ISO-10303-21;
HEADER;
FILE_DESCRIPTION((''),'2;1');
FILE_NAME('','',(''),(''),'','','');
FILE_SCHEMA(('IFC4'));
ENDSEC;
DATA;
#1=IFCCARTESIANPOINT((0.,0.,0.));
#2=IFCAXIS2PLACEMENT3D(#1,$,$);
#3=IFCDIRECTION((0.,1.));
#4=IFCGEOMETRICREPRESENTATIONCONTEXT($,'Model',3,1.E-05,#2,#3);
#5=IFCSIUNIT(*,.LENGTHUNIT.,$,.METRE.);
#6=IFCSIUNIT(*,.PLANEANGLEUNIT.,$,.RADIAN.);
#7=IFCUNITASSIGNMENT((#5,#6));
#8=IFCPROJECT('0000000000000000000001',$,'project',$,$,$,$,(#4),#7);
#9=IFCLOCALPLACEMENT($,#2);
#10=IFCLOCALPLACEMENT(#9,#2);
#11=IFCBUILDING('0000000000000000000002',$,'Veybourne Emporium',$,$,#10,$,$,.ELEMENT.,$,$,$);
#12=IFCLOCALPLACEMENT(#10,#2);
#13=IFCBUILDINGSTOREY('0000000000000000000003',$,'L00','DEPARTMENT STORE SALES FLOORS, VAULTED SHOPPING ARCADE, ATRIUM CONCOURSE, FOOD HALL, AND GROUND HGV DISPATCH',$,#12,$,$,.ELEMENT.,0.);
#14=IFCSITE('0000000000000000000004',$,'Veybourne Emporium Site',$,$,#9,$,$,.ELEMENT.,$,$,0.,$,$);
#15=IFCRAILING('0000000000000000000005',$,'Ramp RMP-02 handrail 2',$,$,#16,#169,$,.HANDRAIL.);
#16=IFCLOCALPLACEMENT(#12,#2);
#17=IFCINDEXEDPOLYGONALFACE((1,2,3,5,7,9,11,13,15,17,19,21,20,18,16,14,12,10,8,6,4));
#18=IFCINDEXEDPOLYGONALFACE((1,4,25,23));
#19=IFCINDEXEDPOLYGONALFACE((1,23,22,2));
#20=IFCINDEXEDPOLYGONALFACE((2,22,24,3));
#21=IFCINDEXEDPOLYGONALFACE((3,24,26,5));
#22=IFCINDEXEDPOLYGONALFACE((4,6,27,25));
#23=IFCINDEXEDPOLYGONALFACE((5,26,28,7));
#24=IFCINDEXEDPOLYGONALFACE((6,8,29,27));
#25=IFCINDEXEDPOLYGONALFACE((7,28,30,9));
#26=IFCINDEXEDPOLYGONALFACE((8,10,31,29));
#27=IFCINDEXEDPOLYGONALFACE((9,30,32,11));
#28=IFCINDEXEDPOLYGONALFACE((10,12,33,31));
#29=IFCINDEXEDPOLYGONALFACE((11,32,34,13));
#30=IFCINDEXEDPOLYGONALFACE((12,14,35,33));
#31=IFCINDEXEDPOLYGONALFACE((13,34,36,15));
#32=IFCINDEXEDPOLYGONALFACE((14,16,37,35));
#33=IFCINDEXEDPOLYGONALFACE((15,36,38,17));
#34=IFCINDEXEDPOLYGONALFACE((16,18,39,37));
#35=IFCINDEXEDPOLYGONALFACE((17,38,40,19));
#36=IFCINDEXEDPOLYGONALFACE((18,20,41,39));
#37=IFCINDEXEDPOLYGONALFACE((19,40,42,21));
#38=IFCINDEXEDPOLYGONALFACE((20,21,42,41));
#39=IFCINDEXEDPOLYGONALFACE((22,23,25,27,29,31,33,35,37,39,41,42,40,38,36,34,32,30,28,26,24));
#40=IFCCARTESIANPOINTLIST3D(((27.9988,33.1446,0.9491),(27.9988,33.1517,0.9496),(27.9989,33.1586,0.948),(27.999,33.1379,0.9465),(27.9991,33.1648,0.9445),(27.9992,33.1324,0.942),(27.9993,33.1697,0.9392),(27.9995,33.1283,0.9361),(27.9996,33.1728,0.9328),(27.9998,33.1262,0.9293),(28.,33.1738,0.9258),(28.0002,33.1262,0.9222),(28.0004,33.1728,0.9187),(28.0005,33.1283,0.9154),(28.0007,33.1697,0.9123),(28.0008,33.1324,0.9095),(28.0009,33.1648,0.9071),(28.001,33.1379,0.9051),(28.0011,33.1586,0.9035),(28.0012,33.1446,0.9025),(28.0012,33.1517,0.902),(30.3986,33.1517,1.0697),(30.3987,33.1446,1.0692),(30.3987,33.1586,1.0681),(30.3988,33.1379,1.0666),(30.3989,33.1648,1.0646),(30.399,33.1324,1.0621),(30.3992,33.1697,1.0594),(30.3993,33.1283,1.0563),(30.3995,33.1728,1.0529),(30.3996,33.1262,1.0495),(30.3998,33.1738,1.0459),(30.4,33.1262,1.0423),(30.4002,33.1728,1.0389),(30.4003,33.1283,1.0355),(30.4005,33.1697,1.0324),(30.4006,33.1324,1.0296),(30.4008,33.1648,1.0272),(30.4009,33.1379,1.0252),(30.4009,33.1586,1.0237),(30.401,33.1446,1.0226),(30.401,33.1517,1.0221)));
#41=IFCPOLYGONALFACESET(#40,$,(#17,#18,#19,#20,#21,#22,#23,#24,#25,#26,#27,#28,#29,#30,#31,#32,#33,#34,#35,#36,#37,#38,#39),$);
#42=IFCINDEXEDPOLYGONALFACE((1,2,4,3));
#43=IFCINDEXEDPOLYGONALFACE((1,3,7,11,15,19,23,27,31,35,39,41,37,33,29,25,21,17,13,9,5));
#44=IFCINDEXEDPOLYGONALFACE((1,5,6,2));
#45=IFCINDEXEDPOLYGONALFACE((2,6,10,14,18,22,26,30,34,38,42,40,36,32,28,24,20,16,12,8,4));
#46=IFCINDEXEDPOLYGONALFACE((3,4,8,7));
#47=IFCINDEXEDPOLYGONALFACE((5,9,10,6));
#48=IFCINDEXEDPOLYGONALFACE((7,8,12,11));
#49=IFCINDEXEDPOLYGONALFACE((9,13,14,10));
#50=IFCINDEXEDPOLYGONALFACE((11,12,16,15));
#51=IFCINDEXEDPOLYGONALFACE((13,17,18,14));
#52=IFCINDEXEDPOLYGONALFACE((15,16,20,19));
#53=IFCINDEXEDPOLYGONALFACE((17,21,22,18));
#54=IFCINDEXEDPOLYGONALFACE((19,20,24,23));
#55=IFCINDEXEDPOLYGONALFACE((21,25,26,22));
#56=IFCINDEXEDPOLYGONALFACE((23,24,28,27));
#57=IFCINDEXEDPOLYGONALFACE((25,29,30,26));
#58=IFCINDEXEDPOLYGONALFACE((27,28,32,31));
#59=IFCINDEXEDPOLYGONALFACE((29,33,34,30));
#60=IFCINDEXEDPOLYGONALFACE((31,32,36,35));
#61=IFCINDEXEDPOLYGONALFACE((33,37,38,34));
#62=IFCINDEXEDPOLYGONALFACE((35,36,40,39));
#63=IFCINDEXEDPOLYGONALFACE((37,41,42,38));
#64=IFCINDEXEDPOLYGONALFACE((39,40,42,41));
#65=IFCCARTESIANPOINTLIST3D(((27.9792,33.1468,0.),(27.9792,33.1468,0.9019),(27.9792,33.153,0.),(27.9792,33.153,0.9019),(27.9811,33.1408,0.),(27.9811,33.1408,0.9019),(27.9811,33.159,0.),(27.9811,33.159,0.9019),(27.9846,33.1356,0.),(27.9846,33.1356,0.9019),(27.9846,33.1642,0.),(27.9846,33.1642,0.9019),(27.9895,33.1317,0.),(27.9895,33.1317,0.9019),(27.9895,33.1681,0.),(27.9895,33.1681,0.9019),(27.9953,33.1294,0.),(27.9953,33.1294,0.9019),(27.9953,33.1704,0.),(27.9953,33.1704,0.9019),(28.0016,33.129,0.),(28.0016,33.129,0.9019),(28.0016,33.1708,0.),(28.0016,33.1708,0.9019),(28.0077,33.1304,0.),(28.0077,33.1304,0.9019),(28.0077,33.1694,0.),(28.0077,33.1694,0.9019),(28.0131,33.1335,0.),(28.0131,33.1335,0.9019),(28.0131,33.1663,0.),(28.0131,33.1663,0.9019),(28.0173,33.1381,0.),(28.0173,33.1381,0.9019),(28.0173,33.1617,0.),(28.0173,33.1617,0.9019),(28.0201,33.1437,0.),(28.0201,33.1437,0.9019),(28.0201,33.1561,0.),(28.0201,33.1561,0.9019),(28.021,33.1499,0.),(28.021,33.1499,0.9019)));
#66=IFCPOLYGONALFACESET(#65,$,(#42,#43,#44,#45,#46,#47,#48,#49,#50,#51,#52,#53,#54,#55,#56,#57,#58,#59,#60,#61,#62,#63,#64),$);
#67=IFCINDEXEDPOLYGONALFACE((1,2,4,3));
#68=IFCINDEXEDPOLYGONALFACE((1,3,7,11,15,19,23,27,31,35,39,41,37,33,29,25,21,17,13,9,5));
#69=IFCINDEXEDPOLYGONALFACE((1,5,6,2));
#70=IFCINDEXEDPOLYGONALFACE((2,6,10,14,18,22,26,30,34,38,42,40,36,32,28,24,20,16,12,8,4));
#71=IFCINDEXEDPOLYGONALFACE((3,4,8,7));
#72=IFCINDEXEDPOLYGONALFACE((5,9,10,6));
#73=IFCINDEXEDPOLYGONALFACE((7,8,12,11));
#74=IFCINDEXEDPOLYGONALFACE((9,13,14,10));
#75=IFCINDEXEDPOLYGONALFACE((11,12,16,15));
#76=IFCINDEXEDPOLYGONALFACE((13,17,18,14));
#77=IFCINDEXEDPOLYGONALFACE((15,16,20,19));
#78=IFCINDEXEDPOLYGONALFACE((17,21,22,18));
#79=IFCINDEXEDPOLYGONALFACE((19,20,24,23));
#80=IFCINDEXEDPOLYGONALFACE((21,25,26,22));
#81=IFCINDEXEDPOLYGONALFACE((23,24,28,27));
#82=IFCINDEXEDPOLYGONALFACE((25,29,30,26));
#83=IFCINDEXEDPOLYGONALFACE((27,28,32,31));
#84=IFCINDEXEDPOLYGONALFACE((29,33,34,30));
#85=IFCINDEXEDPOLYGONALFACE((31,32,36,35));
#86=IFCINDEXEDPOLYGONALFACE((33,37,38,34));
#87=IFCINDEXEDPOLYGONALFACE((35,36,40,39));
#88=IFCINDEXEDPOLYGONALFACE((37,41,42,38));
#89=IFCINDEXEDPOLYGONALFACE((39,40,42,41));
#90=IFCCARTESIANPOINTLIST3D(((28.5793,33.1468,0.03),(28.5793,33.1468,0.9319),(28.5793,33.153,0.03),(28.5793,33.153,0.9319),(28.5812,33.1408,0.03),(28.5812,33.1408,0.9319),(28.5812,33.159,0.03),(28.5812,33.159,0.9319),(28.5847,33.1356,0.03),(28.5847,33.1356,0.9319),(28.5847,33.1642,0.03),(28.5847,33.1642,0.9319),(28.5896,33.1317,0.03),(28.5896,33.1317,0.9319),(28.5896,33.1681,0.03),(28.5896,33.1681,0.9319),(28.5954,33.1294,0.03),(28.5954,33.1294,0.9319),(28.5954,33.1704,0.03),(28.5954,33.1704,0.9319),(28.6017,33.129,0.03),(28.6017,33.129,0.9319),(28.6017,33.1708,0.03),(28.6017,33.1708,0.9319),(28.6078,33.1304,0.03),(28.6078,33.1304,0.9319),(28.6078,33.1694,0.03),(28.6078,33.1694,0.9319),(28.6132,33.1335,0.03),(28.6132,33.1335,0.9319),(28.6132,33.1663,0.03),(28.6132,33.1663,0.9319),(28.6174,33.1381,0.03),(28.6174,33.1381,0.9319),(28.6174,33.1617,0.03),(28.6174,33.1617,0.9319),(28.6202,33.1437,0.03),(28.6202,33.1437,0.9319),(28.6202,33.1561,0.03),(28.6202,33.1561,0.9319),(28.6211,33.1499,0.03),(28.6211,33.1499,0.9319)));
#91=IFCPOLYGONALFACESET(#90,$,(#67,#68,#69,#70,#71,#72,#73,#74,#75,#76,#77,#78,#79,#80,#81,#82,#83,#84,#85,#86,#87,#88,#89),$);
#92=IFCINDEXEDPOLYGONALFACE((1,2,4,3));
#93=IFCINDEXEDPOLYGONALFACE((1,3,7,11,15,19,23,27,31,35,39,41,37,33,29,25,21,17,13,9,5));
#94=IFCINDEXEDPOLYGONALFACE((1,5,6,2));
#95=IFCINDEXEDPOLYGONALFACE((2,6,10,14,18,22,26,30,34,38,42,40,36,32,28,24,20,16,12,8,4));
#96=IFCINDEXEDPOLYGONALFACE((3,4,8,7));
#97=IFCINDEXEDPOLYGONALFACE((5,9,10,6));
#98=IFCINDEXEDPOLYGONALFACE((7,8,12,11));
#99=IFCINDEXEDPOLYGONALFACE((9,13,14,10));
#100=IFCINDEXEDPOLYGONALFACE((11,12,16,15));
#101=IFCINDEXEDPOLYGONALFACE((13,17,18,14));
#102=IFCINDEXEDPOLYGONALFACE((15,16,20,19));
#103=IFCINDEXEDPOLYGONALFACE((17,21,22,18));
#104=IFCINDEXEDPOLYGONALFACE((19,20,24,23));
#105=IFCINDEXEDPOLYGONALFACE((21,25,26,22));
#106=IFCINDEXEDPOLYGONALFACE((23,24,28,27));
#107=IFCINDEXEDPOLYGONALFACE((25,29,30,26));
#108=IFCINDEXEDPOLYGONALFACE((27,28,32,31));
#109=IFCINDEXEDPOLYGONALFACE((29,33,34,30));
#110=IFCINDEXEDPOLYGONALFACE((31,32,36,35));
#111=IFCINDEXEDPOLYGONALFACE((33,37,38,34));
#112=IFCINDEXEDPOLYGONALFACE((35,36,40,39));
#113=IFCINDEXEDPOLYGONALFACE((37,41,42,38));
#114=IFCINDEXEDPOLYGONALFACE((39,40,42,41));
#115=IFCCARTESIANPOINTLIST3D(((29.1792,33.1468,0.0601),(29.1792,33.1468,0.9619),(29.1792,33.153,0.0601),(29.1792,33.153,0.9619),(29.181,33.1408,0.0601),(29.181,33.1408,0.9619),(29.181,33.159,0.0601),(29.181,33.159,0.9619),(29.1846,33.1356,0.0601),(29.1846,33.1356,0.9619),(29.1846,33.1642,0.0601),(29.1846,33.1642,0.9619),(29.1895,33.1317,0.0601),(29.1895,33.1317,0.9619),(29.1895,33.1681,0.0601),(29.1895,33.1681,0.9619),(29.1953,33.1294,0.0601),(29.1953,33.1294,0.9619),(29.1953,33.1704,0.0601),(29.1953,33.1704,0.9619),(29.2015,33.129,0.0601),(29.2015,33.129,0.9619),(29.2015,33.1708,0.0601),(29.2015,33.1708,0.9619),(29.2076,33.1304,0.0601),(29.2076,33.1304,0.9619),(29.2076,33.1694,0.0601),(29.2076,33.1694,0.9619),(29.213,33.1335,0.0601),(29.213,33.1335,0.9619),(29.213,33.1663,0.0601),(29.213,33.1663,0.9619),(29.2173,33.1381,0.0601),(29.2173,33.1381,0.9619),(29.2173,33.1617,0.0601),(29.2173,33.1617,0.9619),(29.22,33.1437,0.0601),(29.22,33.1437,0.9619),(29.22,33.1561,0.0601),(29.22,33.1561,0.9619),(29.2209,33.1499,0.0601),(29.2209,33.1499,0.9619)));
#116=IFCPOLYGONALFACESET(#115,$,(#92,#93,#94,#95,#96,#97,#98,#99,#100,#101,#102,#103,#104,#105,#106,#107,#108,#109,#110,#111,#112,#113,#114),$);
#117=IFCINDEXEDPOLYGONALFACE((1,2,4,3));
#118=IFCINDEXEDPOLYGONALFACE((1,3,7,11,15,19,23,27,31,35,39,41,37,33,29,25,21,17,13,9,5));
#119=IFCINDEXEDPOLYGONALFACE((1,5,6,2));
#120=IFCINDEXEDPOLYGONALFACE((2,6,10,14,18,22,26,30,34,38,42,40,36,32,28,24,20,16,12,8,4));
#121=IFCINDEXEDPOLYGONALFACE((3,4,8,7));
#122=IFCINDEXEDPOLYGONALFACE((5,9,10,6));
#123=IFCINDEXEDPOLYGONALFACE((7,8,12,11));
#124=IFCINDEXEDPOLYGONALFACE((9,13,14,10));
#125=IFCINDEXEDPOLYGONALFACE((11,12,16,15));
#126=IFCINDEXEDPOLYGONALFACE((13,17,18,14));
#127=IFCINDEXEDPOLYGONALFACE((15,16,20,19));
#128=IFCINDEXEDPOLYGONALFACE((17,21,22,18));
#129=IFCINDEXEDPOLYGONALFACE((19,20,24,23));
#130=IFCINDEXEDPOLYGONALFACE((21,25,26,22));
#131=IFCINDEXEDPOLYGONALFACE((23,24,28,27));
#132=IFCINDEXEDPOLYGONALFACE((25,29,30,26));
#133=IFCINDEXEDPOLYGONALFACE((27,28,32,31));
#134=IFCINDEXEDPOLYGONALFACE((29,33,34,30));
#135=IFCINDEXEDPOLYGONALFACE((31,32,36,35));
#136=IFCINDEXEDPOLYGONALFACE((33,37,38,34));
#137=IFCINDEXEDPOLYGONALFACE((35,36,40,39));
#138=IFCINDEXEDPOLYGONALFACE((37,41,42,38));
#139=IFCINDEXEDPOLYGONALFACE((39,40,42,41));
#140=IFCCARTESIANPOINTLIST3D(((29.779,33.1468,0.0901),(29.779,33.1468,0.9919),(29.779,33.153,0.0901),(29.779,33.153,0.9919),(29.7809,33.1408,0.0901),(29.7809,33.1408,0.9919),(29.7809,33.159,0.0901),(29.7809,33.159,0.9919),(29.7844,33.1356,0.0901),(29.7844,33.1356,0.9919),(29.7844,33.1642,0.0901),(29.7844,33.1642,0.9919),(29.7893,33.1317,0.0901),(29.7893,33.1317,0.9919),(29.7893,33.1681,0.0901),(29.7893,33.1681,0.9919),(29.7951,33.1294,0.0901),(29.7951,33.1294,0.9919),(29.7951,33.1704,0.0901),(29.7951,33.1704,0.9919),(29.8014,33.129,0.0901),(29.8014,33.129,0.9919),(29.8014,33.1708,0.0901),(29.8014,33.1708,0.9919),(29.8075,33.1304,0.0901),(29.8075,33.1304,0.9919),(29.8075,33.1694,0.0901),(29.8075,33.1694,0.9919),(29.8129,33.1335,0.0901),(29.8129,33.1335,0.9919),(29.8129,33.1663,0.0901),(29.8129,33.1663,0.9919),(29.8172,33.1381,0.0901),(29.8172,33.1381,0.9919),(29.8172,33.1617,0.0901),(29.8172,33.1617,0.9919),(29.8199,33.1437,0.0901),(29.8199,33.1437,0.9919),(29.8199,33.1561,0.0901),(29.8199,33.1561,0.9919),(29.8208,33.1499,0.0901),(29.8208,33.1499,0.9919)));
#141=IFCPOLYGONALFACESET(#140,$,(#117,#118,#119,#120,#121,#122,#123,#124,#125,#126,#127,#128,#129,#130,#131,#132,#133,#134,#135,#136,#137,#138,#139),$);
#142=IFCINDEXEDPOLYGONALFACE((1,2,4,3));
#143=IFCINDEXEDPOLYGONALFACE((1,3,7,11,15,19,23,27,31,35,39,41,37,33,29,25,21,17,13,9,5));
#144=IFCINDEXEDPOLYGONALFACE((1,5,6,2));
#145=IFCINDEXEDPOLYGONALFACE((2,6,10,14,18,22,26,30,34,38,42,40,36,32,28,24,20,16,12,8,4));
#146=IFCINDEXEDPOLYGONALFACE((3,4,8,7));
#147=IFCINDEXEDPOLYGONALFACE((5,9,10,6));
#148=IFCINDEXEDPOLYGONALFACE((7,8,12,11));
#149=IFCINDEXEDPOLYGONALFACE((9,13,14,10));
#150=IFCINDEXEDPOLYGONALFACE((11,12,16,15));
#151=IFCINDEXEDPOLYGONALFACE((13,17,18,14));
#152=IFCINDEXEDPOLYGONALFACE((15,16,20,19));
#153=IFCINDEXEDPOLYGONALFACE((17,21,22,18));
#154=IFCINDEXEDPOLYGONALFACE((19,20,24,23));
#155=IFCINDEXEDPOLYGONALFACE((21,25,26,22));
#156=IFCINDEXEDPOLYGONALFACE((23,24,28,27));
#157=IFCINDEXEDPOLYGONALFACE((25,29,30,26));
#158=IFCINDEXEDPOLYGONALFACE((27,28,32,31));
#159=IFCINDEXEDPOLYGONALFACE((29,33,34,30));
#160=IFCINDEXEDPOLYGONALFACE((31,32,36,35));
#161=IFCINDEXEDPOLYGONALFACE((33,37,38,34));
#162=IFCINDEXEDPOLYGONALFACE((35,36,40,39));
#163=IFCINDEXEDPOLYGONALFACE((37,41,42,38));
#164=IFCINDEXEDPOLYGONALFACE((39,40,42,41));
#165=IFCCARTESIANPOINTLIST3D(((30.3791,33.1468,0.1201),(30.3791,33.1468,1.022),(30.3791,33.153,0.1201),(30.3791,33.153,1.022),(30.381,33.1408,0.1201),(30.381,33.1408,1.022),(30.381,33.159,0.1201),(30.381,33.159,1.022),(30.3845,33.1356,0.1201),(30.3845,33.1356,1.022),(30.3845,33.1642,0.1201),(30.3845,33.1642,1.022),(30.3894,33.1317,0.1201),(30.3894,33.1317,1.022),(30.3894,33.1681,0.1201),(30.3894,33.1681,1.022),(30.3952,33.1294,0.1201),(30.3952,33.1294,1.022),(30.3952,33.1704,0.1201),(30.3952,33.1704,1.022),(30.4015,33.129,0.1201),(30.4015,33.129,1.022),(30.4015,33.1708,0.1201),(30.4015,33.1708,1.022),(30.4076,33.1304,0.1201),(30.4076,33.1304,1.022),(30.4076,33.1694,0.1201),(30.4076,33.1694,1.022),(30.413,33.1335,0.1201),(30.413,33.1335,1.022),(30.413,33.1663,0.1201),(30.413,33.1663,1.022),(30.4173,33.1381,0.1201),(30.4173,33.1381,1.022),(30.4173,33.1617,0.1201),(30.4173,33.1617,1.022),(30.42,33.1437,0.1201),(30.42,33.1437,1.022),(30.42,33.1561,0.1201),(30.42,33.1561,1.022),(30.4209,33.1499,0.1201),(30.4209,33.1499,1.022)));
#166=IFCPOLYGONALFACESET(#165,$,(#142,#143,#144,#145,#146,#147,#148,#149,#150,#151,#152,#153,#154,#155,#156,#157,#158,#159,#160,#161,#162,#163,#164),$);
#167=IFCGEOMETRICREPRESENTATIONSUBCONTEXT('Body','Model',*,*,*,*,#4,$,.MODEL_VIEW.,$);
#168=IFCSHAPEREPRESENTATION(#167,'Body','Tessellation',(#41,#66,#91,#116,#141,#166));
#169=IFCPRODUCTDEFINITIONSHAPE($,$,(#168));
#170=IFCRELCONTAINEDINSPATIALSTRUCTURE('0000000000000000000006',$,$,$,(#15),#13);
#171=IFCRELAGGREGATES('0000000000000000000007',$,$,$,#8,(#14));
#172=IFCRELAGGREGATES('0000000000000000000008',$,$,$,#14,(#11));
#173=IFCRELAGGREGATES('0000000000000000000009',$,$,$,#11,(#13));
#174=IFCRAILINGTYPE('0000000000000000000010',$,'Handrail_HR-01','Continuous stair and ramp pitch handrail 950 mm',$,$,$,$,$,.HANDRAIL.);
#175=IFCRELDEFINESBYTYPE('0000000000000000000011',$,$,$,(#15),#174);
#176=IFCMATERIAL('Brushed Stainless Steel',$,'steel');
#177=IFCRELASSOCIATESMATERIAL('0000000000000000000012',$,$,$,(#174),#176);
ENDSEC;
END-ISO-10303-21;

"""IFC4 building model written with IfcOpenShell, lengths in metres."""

from ifc_helpers import new_model, si_unit, direction, frame, origin, origin_2d, place, context, subcontext, project, spatial, circle, extrude, material, type_object, element, save


model = new_model("IFC4")

# Units and contexts
model_context = context("Model", 3, precision=1e-05, world=origin(), true_north=direction((0.0, 1.0)))
body_context = subcontext(model_context, "Body", "Model", "MODEL_VIEW")
ifc_project = project(units=[si_unit("LENGTHUNIT", "METRE"), si_unit("PLANEANGLEUNIT", "RADIAN")], contexts=[model_context])

# Site, building, storey
site_placement = place(None, origin())
site = spatial("IfcSite", under=ifc_project, at=site_placement, Name="Veybourne Emporium Site", CompositionType="ELEMENT", RefElevation=0.0)
building_placement = place(site_placement, origin())
building = spatial("IfcBuilding", under=site, at=building_placement, Name="Veybourne Emporium", CompositionType="ELEMENT")
storey_placement = place(building_placement, origin())
storey = spatial("IfcBuildingStorey", under=building, at=storey_placement, Name="L00", Description="DEPARTMENT STORE SALES FLOORS, VAULTED SHOPPING ARCADE, ATRIUM CONCOURSE, FOOD HALL, AND GROUND HGV DISPATCH", CompositionType="ELEMENT", Elevation=0.0)

# Railing
ifc_material_1 = material(Name="Brushed Stainless Steel", Category="steel")
railing_type = type_object("IfcRailingType", Name="Handrail_HR-01", Description="Continuous stair and ramp pitch handrail 950 mm", PredefinedType="HANDRAIL", material=ifc_material_1)
for number, where, name in (
    (1, (28.0, 33.1499, 0.0), "Ramp RMP-02 handrail 2"),
):
    element("IfcRailing", number, at=place(storey_placement, frame(where)), inside=storey, type_object=railing_type, Name=name, PredefinedType="HANDRAIL", context=body_context, shape_type="SweptSolid", body=[
        extrude(circle(Radius=0.0239, at=origin_2d()), frame((0.0, 0.0, 0.9258), z_axis=(0.99875, 0.0, 0.049988), x_axis=(0.0, 1.0, 0.0)), (0.0, 0.0, 1.0), 2.4028),
        extrude(circle(Radius=0.021, at=origin_2d()), origin(), (0.0, 0.0, 1.0), 0.9019),
        extrude(circle(Radius=0.021, at=origin_2d()), frame((0.6001, 0.0, 0.03)), (0.0, 0.0, 1.0), 0.9019),
        extrude(circle(Radius=0.021, at=origin_2d()), frame((1.2, 0.0, 0.0601)), (0.0, 0.0, 1.0), 0.9019),
        extrude(circle(Radius=0.021, at=origin_2d()), frame((1.7998, 0.0, 0.0901)), (0.0, 0.0, 1.0), 0.9019),
        extrude(circle(Radius=0.021, at=origin_2d()), frame((2.3999, 0.0, 0.1201)), (0.0, 0.0, 1.0), 0.9019),
    ])

save(model, "model.ifc")
